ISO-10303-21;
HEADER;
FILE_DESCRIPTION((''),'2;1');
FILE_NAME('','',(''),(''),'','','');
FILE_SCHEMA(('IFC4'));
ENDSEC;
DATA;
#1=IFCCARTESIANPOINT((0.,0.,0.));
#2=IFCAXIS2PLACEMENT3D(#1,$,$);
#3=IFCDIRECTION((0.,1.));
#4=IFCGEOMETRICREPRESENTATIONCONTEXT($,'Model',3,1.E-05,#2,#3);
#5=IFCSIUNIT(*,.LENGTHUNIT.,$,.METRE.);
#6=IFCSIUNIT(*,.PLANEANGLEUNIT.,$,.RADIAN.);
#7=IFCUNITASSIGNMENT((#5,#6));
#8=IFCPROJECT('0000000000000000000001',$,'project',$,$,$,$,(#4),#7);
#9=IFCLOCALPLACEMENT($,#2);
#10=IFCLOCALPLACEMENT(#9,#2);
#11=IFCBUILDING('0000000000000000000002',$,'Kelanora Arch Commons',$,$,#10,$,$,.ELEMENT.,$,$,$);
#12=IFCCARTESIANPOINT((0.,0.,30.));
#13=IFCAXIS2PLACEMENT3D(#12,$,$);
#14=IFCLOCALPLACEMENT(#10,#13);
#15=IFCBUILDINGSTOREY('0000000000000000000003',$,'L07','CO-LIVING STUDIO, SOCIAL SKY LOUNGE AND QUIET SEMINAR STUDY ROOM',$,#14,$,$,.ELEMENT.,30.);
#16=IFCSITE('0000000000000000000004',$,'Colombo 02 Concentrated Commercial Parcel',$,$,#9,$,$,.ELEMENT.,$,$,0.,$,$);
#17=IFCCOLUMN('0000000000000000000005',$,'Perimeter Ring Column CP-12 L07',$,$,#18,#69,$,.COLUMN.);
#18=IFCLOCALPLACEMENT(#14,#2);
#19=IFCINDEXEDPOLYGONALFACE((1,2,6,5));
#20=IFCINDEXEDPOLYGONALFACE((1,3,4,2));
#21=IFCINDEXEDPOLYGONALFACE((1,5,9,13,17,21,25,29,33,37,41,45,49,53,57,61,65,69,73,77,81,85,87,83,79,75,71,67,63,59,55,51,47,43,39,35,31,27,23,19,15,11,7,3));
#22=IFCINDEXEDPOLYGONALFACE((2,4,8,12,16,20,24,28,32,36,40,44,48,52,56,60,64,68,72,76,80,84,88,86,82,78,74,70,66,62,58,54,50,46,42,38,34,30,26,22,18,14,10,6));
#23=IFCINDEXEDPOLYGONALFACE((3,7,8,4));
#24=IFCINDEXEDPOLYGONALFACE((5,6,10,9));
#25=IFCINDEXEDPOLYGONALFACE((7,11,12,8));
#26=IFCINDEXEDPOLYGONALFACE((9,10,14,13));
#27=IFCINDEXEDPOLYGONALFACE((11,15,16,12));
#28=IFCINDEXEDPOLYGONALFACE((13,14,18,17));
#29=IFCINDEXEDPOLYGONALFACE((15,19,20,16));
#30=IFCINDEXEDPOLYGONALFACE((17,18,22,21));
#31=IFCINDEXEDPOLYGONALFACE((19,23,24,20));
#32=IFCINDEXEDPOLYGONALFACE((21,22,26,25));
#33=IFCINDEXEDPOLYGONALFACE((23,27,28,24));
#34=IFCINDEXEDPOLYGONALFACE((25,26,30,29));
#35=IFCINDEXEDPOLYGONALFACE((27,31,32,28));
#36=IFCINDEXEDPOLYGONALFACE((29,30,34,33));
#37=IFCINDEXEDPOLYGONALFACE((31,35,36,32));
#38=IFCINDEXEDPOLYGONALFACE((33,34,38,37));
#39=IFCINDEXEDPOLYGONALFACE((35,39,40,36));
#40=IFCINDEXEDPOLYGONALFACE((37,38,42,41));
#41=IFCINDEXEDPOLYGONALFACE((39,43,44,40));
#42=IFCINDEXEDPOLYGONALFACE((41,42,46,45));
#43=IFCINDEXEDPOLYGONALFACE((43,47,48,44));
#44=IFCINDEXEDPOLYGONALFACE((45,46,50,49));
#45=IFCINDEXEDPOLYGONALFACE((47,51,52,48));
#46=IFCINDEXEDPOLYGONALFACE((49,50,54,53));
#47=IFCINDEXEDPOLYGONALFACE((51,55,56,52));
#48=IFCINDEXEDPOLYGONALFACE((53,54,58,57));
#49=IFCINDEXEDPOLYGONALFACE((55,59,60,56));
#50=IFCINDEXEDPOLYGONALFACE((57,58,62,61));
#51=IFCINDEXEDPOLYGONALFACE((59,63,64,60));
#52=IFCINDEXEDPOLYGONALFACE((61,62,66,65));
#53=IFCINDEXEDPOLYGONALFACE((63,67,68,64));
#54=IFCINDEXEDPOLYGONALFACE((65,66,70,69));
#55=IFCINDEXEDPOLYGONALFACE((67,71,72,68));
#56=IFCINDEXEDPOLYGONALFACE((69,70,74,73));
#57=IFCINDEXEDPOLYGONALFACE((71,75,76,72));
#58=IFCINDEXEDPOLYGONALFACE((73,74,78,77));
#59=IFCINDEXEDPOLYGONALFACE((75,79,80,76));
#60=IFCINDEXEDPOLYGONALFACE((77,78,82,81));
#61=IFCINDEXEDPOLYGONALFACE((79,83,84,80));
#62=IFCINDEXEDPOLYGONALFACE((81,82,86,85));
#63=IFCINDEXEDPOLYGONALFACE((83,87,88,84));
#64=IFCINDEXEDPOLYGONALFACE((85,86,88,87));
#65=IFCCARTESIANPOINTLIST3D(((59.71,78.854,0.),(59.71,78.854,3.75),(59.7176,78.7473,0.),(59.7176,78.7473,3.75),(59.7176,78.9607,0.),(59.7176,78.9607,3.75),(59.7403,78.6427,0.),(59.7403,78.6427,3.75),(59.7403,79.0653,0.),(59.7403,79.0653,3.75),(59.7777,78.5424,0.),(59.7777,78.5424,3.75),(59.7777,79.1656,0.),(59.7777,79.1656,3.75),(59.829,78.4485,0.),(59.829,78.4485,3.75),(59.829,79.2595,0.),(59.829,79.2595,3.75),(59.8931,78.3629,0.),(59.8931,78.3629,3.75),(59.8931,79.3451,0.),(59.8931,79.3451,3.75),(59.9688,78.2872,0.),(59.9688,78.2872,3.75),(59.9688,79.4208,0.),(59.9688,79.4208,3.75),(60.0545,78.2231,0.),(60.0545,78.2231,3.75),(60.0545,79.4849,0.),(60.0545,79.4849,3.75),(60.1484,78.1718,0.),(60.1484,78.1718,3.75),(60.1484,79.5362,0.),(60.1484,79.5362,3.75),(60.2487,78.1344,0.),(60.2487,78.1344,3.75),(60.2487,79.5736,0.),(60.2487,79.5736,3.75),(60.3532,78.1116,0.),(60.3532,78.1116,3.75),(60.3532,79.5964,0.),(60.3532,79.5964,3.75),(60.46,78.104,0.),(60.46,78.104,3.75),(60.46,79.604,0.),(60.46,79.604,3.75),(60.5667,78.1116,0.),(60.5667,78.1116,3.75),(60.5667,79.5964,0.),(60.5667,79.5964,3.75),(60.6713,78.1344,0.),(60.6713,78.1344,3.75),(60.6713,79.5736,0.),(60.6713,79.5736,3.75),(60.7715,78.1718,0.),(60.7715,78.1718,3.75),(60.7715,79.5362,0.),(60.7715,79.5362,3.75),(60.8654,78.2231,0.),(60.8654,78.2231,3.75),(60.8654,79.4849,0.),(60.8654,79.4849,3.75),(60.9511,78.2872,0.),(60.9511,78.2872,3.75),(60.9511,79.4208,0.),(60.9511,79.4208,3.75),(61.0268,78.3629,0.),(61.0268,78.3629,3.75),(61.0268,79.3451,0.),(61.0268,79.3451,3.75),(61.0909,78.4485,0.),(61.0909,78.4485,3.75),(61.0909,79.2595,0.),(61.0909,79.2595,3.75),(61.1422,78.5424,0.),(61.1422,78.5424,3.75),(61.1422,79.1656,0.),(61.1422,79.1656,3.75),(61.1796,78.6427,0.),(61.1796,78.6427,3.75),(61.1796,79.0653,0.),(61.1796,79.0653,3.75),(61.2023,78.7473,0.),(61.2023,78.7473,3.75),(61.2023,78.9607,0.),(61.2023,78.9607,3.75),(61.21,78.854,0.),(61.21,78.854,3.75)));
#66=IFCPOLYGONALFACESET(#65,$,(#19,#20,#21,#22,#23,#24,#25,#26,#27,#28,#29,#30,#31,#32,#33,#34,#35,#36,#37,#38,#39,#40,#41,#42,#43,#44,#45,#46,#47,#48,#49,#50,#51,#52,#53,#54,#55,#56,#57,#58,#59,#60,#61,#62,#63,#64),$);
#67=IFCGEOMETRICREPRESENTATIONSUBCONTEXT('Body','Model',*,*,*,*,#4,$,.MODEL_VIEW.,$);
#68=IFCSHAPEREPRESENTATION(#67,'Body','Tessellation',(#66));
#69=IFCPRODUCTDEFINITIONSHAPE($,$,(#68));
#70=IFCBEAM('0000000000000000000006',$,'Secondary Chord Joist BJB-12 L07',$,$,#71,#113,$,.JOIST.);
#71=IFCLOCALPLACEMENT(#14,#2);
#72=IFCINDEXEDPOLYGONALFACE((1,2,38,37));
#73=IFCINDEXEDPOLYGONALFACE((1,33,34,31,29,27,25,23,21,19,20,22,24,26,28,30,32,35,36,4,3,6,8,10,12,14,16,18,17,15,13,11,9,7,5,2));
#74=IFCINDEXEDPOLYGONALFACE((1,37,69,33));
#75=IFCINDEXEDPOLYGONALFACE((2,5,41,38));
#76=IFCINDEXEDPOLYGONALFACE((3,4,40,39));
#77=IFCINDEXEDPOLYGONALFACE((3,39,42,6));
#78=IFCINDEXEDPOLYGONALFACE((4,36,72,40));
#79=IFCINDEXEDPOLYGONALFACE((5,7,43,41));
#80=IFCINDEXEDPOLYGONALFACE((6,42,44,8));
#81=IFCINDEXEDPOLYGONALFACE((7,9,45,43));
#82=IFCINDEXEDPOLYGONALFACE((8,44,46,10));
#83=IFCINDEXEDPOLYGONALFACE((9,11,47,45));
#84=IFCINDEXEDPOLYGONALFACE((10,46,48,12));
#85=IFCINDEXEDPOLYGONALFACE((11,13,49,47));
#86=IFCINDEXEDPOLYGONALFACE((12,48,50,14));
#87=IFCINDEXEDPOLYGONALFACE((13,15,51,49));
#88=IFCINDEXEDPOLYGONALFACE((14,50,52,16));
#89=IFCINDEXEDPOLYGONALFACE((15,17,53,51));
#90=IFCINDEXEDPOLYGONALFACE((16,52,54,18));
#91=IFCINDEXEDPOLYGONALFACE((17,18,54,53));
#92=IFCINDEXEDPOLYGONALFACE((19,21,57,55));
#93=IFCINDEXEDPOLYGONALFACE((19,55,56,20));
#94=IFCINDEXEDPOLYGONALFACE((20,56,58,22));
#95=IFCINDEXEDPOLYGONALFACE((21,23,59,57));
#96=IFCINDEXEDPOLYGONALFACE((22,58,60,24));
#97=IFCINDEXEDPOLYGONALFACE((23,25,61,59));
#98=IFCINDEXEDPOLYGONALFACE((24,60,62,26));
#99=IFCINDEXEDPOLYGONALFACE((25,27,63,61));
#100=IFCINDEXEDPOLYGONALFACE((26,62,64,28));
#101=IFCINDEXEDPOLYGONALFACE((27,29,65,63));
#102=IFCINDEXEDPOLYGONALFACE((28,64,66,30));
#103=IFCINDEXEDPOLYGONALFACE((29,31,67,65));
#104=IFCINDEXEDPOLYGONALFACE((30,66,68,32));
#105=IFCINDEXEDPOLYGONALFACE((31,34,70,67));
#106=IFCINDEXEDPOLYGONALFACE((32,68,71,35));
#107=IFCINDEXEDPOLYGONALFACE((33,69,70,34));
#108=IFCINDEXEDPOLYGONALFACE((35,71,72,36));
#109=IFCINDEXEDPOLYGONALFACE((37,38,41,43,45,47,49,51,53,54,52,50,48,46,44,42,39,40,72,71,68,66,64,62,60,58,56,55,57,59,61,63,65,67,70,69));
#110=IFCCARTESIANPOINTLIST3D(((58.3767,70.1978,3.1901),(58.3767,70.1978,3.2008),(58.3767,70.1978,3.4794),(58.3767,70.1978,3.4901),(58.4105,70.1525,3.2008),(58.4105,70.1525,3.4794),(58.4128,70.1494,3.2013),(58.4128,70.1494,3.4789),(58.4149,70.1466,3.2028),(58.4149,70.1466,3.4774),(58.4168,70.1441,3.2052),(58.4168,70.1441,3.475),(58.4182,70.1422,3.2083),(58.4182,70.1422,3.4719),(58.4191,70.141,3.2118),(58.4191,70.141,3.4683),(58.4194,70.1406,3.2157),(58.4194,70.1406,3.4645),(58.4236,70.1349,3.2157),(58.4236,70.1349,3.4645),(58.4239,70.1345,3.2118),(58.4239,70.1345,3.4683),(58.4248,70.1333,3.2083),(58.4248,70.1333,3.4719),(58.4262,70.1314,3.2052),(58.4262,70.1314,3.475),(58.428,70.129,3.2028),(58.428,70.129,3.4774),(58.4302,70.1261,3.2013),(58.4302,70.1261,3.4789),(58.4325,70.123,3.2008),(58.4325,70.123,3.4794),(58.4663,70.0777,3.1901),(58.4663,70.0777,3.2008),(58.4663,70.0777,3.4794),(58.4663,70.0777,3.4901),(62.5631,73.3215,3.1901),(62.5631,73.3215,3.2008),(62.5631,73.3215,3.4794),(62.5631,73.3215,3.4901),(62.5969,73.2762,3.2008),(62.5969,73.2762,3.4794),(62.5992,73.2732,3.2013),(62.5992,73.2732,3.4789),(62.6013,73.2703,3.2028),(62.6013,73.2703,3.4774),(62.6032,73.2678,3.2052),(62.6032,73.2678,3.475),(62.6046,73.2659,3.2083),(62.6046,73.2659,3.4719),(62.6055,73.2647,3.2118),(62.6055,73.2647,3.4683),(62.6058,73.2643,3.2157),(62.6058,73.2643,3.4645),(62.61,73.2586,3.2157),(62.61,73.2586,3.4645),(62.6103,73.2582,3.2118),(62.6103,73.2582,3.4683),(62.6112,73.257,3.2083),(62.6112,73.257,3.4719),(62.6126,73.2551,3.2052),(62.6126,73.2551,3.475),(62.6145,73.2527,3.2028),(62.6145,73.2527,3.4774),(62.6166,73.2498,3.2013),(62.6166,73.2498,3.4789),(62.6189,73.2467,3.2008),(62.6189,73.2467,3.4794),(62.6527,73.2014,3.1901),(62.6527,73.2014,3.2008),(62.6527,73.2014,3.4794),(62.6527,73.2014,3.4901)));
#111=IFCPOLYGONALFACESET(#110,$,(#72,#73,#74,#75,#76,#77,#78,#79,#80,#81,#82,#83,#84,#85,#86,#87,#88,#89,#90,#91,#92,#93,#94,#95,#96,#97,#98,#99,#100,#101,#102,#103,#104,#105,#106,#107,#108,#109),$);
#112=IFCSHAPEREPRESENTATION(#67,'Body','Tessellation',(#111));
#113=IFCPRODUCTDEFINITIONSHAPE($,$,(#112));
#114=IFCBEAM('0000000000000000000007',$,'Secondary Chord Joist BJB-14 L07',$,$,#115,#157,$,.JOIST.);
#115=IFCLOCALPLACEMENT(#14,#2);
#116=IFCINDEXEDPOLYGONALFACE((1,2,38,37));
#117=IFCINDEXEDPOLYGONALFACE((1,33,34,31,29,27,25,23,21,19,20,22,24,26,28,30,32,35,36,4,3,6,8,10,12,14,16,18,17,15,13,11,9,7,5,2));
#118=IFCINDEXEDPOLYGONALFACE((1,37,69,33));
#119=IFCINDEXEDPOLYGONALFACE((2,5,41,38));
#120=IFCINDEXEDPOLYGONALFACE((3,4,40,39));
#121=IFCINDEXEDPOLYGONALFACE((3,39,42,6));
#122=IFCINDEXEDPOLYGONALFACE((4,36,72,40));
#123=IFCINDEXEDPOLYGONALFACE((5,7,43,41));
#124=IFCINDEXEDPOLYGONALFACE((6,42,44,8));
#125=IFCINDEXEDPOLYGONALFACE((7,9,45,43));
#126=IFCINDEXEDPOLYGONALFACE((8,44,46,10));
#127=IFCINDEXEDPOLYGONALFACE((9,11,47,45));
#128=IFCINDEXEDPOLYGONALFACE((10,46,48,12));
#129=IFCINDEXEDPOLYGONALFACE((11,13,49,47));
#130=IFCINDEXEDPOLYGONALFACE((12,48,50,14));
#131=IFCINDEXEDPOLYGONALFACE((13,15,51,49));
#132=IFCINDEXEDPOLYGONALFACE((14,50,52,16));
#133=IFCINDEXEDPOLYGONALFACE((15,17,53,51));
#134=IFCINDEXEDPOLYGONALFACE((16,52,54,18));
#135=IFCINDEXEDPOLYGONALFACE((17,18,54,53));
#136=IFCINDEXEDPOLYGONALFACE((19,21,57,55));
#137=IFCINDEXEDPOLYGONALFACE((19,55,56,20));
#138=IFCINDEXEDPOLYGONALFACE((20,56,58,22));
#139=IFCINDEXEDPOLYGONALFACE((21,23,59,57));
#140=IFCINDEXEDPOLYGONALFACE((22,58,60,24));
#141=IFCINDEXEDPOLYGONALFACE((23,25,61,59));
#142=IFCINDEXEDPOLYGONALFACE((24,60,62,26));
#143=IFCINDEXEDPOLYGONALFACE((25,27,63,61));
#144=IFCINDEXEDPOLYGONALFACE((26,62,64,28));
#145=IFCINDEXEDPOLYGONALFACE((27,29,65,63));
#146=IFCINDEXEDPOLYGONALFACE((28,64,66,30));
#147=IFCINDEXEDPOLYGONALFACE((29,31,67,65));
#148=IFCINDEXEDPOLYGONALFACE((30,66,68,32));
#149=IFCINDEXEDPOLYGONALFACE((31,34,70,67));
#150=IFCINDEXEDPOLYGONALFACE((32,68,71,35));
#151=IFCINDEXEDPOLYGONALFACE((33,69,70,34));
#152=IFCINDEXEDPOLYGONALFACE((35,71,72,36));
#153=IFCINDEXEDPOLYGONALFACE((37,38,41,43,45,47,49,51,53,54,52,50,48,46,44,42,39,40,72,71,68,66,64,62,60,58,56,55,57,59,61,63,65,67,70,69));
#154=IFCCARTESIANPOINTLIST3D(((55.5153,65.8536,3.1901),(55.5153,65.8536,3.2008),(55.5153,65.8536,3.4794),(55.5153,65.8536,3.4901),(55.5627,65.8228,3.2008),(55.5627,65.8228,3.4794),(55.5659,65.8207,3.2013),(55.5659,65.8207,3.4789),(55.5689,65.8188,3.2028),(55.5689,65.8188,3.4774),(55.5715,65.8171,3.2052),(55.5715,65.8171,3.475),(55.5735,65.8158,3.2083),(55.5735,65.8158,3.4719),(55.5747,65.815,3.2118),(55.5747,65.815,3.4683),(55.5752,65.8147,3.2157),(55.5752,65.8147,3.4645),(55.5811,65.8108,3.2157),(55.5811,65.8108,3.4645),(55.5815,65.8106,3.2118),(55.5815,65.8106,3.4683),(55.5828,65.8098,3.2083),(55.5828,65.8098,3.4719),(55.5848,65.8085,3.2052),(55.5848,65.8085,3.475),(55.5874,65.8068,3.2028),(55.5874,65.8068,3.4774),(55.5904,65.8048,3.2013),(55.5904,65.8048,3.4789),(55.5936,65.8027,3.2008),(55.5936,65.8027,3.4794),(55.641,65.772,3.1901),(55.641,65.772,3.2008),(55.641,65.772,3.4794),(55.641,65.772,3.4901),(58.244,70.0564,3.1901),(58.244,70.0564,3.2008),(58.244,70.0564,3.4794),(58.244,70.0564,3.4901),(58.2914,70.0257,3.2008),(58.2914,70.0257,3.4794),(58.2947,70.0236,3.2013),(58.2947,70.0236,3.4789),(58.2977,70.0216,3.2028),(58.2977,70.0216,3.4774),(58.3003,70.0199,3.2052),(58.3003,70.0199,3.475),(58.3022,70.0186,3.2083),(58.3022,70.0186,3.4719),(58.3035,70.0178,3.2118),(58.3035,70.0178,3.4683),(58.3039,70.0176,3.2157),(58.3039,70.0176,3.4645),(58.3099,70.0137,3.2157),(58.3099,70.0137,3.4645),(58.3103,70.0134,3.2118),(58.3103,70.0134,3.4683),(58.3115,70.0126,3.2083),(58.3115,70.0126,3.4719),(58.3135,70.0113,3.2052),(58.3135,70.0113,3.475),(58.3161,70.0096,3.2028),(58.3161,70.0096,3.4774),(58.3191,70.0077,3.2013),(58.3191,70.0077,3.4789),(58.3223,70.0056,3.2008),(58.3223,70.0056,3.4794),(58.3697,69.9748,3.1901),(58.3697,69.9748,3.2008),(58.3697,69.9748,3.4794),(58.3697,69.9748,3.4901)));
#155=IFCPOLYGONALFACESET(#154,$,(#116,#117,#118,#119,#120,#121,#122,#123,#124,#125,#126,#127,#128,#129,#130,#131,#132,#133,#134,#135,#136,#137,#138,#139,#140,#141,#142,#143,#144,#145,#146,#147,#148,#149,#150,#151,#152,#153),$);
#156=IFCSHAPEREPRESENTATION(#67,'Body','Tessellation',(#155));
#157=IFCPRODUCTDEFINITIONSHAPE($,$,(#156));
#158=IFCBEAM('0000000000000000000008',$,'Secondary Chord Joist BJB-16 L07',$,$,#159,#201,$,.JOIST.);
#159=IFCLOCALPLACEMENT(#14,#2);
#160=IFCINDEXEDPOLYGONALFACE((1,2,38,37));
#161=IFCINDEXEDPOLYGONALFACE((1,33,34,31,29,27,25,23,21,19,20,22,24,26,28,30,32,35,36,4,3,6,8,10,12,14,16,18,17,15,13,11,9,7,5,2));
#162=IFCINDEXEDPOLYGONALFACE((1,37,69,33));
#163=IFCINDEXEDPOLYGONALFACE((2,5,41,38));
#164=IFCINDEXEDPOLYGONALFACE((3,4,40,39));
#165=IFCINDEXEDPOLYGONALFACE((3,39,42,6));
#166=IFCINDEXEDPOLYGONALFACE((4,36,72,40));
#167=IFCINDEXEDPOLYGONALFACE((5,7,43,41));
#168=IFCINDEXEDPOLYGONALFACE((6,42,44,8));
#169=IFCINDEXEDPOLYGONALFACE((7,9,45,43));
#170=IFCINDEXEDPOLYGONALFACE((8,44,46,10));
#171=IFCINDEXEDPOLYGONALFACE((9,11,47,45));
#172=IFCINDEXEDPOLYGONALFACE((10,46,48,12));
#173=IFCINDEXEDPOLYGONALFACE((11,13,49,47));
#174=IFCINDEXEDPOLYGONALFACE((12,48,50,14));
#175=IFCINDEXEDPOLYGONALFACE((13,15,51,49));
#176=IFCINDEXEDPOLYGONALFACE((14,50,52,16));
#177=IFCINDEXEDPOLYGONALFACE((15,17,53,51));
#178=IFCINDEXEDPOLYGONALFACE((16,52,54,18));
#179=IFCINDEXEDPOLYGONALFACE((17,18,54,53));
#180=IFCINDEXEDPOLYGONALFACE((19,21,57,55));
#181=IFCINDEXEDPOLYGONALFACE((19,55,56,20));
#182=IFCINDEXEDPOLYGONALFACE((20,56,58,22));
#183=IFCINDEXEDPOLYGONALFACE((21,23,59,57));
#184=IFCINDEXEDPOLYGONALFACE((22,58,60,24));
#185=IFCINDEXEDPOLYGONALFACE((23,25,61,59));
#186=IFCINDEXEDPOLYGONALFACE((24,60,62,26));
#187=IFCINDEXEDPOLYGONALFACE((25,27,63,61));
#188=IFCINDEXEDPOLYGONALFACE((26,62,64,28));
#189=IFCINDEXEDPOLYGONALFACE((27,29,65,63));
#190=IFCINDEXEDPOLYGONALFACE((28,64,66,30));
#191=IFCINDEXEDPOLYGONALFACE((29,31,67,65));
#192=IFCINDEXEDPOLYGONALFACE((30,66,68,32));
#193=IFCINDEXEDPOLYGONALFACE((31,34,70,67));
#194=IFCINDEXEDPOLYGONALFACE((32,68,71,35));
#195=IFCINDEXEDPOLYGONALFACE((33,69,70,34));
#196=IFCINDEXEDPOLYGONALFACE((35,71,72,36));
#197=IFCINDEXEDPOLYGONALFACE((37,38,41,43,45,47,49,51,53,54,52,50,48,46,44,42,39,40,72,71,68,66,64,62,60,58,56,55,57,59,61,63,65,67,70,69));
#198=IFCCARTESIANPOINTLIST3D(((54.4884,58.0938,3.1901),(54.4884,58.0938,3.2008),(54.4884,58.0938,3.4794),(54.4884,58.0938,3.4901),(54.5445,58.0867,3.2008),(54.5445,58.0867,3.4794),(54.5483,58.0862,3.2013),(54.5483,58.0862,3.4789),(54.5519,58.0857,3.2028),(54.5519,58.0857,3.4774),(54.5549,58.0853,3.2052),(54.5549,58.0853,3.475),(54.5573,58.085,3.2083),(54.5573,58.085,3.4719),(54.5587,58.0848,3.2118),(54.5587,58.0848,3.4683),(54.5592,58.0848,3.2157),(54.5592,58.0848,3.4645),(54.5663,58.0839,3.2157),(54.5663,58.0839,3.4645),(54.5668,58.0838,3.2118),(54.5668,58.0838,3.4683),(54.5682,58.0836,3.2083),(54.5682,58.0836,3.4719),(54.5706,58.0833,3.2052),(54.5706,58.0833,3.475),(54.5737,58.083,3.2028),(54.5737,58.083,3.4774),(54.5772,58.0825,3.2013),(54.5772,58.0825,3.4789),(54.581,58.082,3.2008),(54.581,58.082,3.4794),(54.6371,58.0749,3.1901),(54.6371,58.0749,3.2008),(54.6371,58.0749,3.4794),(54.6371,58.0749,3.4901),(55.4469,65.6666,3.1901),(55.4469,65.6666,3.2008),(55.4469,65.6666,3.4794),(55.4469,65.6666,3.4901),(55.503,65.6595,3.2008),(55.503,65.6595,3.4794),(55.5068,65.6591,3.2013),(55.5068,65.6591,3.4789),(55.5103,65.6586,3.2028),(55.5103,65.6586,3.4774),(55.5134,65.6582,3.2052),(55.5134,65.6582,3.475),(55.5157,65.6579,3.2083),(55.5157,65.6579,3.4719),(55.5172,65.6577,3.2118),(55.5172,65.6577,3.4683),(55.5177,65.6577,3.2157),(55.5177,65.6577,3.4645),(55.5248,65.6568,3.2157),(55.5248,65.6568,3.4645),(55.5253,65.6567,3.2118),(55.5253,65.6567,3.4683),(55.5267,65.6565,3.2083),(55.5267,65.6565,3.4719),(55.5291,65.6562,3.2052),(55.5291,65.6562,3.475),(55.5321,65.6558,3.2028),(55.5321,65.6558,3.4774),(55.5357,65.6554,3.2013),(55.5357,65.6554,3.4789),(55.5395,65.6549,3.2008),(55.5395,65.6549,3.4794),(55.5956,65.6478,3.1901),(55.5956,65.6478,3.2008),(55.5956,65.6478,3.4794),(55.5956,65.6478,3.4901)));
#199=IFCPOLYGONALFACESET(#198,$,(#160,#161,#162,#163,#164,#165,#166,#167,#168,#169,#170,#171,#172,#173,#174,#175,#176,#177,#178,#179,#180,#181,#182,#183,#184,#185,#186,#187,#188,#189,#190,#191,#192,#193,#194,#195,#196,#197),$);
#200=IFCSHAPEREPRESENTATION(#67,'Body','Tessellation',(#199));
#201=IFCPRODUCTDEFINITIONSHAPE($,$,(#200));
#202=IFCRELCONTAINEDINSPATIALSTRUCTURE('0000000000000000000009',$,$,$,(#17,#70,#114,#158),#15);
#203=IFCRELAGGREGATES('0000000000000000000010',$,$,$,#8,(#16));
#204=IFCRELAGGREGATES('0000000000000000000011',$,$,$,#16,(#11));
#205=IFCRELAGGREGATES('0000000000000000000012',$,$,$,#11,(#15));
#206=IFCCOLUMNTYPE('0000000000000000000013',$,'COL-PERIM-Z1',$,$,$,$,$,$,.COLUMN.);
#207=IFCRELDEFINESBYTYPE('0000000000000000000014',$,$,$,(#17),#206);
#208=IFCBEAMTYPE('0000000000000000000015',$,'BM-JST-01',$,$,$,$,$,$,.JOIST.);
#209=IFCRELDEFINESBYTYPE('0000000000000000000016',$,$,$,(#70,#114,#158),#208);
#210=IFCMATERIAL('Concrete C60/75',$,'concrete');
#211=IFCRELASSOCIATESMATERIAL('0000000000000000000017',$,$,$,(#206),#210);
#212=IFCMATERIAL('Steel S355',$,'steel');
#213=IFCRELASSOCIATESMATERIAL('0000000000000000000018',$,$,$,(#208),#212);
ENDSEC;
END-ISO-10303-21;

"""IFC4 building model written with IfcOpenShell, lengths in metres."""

from ifc_helpers import new_model, si_unit, direction, frame, origin, origin_2d, place, context, subcontext, project, spatial, circle, i_section, extrude, material, material_profile, profile_set, type_object, element, save


model = new_model("IFC4")

# Units and contexts
model_context = context("Model", 3, precision=1e-05, world=origin(), true_north=direction((0.0, 1.0)))
body_context = subcontext(model_context, "Body", "Model", "MODEL_VIEW")
ifc_project = project(units=[si_unit("LENGTHUNIT", "METRE"), si_unit("PLANEANGLEUNIT", "RADIAN")], contexts=[model_context])

# Site, building, storey
site_placement = place(None, origin())
site = spatial("IfcSite", under=ifc_project, at=site_placement, Name="Colombo 02 Concentrated Commercial Parcel", CompositionType="ELEMENT", RefElevation=0.0)
building_placement = place(site_placement, origin())
building = spatial("IfcBuilding", under=site, at=building_placement, Name="Kelanora Arch Commons", CompositionType="ELEMENT")
storey_placement = place(building_placement, frame((0.0, 0.0, 30.0)))
storey = spatial("IfcBuildingStorey", under=building, at=storey_placement, Name="L07", Description="CO-LIVING STUDIO, SOCIAL SKY LOUNGE AND QUIET SEMINAR STUDY ROOM", CompositionType="ELEMENT", Elevation=30.0)

# Column
ifc_material_1 = material(Name="Concrete C60/75", Category="concrete")
ifc_material_profile_1 = material_profile(ifc_material_1, circle(Radius=0.75, at=origin_2d()), Name="RCC1500")
ifc_profile_set_1 = profile_set([ifc_material_profile_1], Name="Concrete C60/75")
column_type = type_object("IfcColumnType", Name="COL-PERIM-Z1", PredefinedType="COLUMN", material=ifc_profile_set_1)
column_placement = place(storey_placement, frame((60.46, 78.854, 0.0), z_axis=(0.0, 0.0, 1.0), x_axis=(1.0, 0.0, 0.0)))
element("IfcColumn", 1, at=column_placement, inside=storey, type_object=column_type, Name="Perimeter Ring Column CP-12 L07", PredefinedType="COLUMN", context=body_context, shape_type="SweptSolid", body=[
    extrude(circle(Radius=0.75, at=origin_2d()), origin(), (0.0, 0.0, 1.0), 3.75),
])

# Beams
ifc_material_2 = material(Name="Steel S355", Category="steel")
ifc_material_profile_2 = material_profile(ifc_material_2, i_section(OverallWidth=0.1499, OverallDepth=0.3, WebThickness=0.0071, FlangeThickness=0.0107, FilletRadius=0.0149, at=origin_2d()), Name="IPE300")
ifc_profile_set_2 = profile_set([ifc_material_profile_2], Name="Steel S355")
beam_type_1 = type_object("IfcBeamType", Name="BM-JST-01", PredefinedType="JOIST", material=ifc_profile_set_2)
beam_1_placement = place(storey_placement, frame((62.6079, 73.2615, 3.3401), z_axis=(-0.801478, -0.598024, 0.0), x_axis=(0.598024, -0.801478, 0.0)))
element("IfcBeam", 2, at=beam_1_placement, inside=storey, type_object=beam_type_1, Name="Secondary Chord Joist BJB-12 L07", PredefinedType="JOIST", context=body_context, shape_type="SweptSolid", body=[
    extrude(i_section(OverallWidth=0.1499, OverallDepth=0.3, WebThickness=0.0071, FlangeThickness=0.0107, FilletRadius=0.0149, at=origin_2d()), origin(), (0.0, 0.0, 1.0), 5.2234),
])
beam_2_placement = place(storey_placement, frame((58.3069, 70.0156, 3.3401), z_axis=(-0.544552, -0.838727, 0.0), x_axis=(0.838727, -0.544552, 0.0)))
element("IfcBeam", 3, at=beam_2_placement, inside=storey, type_object=beam_type_1, Name="Secondary Chord Joist BJB-14 L07", PredefinedType="JOIST", context=body_context, shape_type="SweptSolid", body=[
    extrude(i_section(OverallWidth=0.1499, OverallDepth=0.3, WebThickness=0.0071, FlangeThickness=0.0107, FilletRadius=0.0149, at=origin_2d()), origin(), (0.0, 0.0, 1.0), 5.011),
])
beam_3_placement = place(storey_placement, frame((55.5212, 65.6572, 3.3401), z_axis=(-0.125566, -0.992085, 0.0), x_axis=(0.992085, -0.125566, 0.0)))
element("IfcBeam", 4, at=beam_3_placement, inside=storey, type_object=beam_type_1, Name="Secondary Chord Joist BJB-16 L07", PredefinedType="JOIST", context=body_context, shape_type="SweptSolid", body=[
    extrude(i_section(OverallWidth=0.1499, OverallDepth=0.3, WebThickness=0.0071, FlangeThickness=0.0107, FilletRadius=0.0149, at=origin_2d()), origin(), (0.0, 0.0, 1.0), 7.6333),
])

save(model, "model.ifc")
